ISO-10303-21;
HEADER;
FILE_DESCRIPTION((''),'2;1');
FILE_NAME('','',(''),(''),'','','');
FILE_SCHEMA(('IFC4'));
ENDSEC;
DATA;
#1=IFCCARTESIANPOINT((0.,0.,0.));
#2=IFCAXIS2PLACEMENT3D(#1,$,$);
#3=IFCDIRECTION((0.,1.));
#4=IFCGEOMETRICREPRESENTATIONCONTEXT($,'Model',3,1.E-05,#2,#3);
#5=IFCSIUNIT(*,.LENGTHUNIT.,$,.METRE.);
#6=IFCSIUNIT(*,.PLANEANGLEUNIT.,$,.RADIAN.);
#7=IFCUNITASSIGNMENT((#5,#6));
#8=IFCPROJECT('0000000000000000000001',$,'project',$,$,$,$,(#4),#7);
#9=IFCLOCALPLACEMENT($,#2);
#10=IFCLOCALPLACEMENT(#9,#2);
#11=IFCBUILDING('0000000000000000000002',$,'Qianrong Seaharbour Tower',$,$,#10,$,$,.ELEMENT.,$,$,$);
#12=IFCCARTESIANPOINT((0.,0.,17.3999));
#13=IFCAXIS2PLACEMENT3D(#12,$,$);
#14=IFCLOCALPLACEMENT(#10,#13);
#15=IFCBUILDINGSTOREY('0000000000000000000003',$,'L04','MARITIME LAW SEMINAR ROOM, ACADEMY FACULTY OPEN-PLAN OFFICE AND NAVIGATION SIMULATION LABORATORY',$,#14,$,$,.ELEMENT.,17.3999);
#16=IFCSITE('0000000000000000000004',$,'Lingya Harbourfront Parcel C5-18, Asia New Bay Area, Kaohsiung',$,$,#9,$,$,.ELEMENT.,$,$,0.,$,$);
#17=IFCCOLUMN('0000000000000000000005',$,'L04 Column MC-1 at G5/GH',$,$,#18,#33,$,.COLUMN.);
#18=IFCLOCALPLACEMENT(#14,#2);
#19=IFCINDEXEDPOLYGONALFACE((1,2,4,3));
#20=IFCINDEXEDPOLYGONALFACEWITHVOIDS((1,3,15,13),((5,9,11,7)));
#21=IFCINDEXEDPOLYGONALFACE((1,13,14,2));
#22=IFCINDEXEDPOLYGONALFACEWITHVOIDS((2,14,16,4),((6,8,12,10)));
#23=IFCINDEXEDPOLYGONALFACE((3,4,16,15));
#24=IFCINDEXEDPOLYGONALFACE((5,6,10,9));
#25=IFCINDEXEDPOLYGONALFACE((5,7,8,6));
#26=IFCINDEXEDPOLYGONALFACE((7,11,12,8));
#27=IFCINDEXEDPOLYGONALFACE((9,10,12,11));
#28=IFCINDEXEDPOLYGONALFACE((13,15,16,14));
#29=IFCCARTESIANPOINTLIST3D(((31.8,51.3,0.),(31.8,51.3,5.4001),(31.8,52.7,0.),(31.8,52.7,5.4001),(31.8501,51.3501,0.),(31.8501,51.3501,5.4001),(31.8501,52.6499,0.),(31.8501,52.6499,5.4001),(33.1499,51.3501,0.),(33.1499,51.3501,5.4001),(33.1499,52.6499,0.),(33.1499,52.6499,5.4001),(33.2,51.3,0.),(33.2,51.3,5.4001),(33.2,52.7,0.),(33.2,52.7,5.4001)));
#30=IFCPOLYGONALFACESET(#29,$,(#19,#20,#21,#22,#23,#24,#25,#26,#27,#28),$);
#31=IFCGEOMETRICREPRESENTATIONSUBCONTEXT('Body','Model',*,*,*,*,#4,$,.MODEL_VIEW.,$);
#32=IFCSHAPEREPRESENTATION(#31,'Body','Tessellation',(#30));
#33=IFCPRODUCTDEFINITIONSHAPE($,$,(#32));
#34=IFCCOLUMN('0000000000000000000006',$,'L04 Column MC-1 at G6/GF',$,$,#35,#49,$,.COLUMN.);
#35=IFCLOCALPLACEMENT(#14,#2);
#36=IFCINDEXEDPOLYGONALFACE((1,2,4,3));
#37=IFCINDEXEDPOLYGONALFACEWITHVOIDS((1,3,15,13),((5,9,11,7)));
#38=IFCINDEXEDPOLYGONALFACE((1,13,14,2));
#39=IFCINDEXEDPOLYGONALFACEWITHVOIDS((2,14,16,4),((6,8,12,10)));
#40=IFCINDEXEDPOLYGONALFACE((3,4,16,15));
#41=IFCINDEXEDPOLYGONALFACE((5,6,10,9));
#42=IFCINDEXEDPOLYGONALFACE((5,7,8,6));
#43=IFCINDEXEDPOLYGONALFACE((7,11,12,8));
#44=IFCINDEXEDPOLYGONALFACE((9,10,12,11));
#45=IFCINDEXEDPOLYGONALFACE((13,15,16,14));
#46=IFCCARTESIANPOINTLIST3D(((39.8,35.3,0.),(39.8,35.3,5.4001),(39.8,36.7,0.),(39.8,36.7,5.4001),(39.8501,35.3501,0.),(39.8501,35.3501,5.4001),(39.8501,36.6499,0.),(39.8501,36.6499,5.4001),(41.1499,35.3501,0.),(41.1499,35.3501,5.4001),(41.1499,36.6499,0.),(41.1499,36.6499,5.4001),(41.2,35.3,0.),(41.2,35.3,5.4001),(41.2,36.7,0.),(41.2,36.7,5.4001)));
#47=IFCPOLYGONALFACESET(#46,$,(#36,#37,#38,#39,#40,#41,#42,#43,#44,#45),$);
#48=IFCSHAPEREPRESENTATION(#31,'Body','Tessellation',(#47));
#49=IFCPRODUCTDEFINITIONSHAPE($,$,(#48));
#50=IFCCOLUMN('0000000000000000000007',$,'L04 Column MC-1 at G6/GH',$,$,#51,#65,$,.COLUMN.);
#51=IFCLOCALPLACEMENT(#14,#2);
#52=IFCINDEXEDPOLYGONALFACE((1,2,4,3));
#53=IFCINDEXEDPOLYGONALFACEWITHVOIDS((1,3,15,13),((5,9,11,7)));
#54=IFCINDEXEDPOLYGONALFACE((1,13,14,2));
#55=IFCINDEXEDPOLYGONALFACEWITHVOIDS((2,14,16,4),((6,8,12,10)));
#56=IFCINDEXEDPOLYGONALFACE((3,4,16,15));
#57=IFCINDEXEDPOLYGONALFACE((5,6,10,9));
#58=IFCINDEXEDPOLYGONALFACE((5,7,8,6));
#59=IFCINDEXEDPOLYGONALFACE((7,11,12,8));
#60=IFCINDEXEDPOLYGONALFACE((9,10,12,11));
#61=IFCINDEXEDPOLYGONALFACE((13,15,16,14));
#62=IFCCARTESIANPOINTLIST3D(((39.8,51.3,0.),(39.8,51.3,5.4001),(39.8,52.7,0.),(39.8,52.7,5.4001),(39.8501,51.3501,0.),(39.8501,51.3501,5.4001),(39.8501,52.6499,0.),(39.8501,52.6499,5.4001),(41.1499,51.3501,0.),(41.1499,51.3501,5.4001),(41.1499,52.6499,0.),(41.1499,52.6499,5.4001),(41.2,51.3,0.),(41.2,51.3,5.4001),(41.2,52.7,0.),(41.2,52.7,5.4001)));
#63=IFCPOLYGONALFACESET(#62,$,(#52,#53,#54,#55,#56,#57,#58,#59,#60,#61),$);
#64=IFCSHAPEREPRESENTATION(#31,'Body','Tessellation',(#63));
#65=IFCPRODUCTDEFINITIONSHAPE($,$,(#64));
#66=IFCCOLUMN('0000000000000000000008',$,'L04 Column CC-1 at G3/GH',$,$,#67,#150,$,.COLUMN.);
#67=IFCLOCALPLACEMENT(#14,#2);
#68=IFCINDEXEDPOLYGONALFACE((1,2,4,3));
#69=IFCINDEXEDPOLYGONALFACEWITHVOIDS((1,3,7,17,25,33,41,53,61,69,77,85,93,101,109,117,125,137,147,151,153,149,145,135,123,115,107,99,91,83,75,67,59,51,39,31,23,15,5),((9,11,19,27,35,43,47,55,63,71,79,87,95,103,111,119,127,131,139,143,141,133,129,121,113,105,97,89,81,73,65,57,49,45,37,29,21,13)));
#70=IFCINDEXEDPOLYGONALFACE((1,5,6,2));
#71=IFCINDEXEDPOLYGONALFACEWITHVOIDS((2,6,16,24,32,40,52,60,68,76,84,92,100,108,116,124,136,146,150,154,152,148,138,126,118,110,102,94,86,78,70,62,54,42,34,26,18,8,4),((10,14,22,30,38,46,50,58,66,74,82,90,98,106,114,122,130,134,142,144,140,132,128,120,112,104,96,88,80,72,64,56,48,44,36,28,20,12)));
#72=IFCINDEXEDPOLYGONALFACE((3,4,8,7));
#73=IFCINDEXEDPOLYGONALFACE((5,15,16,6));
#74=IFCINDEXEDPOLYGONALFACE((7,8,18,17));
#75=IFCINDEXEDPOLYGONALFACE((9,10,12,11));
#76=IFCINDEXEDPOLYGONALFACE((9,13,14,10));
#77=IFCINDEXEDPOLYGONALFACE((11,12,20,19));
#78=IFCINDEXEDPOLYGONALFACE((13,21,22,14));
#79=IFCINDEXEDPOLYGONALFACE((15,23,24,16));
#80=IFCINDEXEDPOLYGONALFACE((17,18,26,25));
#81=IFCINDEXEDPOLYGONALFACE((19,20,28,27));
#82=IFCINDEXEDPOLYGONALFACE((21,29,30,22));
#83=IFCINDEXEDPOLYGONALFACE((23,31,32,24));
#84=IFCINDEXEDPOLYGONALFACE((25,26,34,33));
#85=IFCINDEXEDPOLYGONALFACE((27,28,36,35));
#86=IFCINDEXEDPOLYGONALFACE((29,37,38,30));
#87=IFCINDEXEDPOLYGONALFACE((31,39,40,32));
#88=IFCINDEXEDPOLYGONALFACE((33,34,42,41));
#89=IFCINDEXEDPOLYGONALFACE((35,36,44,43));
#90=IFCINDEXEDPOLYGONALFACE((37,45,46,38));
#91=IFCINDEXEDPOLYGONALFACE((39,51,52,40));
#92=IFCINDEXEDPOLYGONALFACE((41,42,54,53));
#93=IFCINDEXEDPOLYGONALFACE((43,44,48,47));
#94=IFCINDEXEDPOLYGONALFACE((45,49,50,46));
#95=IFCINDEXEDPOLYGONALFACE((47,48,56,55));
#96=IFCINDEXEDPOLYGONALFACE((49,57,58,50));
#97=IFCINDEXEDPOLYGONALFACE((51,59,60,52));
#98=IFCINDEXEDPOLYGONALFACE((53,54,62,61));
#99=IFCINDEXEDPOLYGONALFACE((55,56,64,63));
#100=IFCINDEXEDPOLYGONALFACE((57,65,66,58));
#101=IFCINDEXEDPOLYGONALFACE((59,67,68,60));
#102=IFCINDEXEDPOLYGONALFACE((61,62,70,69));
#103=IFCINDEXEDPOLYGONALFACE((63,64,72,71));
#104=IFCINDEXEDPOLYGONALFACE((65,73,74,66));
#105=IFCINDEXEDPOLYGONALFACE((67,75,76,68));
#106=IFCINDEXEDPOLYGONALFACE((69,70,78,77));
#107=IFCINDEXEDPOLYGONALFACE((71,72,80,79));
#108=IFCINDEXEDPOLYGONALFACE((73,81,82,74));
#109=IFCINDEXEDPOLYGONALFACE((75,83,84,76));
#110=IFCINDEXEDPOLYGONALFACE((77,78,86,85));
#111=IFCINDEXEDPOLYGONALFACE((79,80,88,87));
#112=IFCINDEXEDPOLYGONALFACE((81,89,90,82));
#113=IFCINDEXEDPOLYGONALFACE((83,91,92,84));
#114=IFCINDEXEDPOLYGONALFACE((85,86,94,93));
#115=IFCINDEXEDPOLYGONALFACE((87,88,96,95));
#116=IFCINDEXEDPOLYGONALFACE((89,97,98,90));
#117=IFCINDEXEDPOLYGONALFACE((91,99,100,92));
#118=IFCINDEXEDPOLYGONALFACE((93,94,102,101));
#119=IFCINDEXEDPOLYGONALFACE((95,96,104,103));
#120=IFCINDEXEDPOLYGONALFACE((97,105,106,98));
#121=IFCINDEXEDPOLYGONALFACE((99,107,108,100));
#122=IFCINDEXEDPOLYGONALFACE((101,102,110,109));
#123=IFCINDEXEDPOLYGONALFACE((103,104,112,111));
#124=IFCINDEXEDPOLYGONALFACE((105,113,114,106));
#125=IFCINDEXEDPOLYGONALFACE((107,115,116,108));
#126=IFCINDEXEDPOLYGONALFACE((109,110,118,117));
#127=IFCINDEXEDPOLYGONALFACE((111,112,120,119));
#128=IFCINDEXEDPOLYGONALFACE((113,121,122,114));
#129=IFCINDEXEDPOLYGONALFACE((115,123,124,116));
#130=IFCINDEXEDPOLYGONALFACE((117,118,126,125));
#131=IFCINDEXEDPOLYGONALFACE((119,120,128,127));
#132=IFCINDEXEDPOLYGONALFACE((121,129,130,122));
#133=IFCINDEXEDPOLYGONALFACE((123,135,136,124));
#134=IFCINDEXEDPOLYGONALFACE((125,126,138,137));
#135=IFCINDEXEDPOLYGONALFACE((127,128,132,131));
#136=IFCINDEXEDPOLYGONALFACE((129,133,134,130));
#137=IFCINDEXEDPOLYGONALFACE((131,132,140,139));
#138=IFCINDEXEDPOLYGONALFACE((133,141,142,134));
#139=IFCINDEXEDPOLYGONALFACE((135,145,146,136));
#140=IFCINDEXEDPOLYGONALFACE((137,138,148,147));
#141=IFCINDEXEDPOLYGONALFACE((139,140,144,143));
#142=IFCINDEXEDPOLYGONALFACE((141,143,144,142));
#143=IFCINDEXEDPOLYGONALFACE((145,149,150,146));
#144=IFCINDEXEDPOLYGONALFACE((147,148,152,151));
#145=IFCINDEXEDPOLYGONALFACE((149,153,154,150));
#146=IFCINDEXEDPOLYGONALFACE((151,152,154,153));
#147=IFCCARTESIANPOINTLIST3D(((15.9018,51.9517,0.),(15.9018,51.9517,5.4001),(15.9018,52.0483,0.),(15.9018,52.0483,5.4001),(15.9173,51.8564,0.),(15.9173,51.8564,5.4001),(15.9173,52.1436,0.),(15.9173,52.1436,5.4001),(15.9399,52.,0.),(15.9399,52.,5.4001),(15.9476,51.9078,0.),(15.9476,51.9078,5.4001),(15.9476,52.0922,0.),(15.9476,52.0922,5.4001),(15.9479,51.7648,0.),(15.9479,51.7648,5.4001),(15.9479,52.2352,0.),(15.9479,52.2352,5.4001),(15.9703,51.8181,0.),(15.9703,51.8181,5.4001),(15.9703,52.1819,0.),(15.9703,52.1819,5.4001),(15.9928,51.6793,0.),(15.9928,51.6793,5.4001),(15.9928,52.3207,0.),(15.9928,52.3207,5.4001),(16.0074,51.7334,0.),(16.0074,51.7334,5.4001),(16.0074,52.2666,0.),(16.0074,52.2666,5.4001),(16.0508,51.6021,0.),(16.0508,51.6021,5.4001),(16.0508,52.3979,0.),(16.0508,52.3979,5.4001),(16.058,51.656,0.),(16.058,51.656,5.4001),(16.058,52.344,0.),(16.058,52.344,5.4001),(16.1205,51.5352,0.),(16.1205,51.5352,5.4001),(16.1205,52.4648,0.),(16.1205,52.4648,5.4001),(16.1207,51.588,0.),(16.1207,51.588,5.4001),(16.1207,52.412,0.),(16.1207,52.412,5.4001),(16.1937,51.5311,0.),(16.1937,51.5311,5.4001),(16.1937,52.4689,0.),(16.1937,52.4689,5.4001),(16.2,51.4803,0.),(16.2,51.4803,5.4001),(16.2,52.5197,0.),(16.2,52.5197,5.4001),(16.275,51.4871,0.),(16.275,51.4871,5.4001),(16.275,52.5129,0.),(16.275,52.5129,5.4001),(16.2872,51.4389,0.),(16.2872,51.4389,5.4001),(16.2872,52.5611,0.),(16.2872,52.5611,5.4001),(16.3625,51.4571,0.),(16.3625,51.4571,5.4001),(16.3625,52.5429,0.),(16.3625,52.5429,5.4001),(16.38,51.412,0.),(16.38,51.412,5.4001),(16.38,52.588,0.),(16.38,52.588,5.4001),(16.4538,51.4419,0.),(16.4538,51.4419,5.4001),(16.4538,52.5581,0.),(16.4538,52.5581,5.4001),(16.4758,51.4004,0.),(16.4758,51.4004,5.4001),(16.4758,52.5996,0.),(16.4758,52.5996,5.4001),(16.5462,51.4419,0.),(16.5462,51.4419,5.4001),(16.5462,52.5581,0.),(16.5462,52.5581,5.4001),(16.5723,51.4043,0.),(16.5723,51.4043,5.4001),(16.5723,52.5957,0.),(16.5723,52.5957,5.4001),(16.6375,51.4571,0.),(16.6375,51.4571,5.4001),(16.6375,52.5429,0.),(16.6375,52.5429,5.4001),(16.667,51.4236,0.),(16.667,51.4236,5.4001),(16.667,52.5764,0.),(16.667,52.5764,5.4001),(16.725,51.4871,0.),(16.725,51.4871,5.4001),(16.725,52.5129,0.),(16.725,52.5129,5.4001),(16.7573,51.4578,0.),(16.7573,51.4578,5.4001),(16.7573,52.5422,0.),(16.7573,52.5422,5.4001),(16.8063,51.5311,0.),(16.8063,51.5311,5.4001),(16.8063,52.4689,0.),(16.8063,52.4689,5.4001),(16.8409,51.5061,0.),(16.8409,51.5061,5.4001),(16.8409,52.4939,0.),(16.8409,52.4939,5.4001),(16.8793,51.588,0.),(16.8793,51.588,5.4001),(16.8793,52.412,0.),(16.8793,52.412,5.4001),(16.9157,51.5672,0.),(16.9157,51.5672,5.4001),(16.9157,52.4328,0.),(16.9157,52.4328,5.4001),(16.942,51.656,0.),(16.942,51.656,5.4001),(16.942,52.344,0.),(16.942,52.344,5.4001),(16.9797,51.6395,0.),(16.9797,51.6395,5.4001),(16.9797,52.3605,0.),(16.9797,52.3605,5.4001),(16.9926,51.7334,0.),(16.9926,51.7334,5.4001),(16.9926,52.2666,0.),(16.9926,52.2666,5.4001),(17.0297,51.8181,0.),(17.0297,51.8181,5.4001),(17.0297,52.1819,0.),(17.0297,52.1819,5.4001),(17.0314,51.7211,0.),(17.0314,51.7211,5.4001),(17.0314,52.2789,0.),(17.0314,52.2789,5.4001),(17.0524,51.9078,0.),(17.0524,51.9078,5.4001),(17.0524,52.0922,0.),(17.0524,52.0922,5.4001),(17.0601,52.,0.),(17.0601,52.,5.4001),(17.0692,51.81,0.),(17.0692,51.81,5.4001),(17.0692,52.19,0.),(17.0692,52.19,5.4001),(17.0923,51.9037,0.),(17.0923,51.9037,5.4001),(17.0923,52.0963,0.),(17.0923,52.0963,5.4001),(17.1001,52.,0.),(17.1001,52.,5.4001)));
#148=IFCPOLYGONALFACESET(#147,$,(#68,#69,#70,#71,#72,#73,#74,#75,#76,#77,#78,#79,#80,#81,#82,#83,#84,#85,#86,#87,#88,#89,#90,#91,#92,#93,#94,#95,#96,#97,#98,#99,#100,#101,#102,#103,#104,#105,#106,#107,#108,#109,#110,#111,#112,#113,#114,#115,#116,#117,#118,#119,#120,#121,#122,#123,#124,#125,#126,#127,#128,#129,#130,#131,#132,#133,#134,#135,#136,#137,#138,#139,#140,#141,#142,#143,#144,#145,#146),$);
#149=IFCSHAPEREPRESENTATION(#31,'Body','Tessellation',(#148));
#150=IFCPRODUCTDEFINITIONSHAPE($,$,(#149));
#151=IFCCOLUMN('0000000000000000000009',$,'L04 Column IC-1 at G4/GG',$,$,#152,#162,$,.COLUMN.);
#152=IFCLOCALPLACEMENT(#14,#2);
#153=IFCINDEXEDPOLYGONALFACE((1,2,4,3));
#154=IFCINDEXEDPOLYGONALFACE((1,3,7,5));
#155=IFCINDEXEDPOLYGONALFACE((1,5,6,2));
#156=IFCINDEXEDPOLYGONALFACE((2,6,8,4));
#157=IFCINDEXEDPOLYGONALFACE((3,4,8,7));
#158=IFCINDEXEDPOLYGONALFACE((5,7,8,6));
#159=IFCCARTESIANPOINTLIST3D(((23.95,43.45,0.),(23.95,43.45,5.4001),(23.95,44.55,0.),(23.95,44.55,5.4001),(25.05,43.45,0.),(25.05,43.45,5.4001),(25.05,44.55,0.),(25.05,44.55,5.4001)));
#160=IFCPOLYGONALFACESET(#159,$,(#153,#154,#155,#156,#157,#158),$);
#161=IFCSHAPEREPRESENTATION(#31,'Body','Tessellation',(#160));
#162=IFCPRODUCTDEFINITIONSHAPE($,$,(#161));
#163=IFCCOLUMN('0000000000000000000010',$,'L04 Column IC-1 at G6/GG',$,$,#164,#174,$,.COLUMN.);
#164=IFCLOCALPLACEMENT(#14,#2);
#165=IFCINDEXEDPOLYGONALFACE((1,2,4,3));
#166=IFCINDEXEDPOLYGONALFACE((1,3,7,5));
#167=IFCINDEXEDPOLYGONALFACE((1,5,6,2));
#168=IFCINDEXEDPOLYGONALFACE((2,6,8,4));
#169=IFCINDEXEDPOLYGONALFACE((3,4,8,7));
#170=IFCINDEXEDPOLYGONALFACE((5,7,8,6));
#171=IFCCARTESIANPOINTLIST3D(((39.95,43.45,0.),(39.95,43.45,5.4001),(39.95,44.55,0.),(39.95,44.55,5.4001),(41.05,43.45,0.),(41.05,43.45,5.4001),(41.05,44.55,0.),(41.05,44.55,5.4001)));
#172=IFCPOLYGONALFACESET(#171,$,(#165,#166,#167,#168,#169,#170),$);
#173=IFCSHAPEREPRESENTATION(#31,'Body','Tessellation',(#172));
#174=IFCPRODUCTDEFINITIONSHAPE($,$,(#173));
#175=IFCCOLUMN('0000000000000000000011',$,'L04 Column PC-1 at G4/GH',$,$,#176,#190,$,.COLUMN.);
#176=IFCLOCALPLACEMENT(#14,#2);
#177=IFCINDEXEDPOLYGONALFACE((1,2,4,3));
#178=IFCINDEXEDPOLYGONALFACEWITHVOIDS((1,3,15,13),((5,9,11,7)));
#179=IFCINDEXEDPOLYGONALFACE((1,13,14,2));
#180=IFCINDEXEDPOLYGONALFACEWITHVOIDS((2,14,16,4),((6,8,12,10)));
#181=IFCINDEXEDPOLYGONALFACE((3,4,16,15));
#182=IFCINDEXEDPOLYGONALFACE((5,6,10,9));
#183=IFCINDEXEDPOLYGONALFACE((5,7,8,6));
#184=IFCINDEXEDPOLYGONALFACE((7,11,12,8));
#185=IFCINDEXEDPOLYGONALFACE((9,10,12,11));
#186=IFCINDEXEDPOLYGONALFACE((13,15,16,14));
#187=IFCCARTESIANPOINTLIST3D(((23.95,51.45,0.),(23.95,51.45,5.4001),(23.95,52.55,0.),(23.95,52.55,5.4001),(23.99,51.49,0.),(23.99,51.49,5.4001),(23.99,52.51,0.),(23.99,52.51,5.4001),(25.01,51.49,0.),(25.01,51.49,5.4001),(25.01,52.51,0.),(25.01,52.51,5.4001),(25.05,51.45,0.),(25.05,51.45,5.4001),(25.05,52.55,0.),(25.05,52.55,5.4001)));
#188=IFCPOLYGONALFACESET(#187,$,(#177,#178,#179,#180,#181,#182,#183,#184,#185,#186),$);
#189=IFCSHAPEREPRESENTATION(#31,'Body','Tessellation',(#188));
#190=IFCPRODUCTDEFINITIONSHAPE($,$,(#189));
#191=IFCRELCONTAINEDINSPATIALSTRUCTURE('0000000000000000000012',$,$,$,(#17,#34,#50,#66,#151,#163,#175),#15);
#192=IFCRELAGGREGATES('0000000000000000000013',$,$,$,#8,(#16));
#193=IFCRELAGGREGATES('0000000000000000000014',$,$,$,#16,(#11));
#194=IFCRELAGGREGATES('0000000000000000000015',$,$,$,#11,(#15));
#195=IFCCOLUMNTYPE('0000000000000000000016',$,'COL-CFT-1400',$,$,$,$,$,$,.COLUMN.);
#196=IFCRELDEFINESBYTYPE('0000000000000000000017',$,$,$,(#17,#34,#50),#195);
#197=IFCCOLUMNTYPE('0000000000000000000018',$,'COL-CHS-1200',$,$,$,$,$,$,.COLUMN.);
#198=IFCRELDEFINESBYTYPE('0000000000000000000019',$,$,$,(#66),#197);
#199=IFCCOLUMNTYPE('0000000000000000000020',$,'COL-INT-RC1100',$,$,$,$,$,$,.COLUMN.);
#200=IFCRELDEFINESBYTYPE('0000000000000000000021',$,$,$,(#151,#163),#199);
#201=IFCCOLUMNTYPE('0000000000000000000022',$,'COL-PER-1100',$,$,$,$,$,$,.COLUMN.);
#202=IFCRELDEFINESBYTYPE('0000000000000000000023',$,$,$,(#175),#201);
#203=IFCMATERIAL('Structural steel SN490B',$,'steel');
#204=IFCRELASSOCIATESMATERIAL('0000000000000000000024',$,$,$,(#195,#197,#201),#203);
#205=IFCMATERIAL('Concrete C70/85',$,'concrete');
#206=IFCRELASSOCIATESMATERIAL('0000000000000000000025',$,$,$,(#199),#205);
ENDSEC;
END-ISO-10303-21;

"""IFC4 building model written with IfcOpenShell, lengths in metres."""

from ifc_helpers import new_model, si_unit, direction, frame, origin, origin_2d, place, context, subcontext, project, spatial, rectangle, hollow_rectangle, hollow_circle, extrude, material, material_profile, profile_set, type_object, element, save


model = new_model("IFC4")

# Units and contexts
model_context = context("Model", 3, precision=1e-05, world=origin(), true_north=direction((0.0, 1.0)))
body_context = subcontext(model_context, "Body", "Model", "MODEL_VIEW")
ifc_project = project(units=[si_unit("LENGTHUNIT", "METRE"), si_unit("PLANEANGLEUNIT", "RADIAN")], contexts=[model_context])

# Site, building, storey
site_placement = place(None, origin())
site = spatial("IfcSite", under=ifc_project, at=site_placement, Name="Lingya Harbourfront Parcel C5-18, Asia New Bay Area, Kaohsiung", CompositionType="ELEMENT", RefElevation=0.0)
building_placement = place(site_placement, origin())
building = spatial("IfcBuilding", under=site, at=building_placement, Name="Qianrong Seaharbour Tower", CompositionType="ELEMENT")
storey_placement = place(building_placement, frame((0.0, 0.0, 17.3999)))
storey = spatial("IfcBuildingStorey", under=building, at=storey_placement, Name="L04", Description="MARITIME LAW SEMINAR ROOM, ACADEMY FACULTY OPEN-PLAN OFFICE AND NAVIGATION SIMULATION LABORATORY", CompositionType="ELEMENT", Elevation=17.3999)

# Columns
ifc_material_1 = material(Name="Structural steel SN490B", Category="steel")
ifc_material_profile_1 = material_profile(ifc_material_1, hollow_rectangle(XDim=1.3999, YDim=1.3999, WallThickness=0.05, at=origin_2d()), Name="BOX1400x1400x50")
ifc_profile_set_1 = profile_set([ifc_material_profile_1], Name="Structural steel SN490B")
column_type_1 = type_object("IfcColumnType", Name="COL-CFT-1400", PredefinedType="COLUMN", material=ifc_profile_set_1)
for number, where, z_axis, x_axis, name in (
    (1, (32.5, 52.0, 0.0), (0.0, 0.0, 1.0), (1.0, 0.0, 0.0), "L04 Column MC-1 at G5/GH"),
    (2, (40.5, 36.0, 0.0), (0.0, 0.0, 1.0), (1.0, 0.0, 0.0), "L04 Column MC-1 at G6/GF"),
    (3, (40.5, 52.0, 0.0), (0.0, 0.0, 1.0), (1.0, 0.0, 0.0), "L04 Column MC-1 at G6/GH"),
):
    element("IfcColumn", number, at=place(storey_placement, frame(where, z_axis=z_axis, x_axis=x_axis)), inside=storey, type_object=column_type_1, Name=name, PredefinedType="COLUMN", context=body_context, shape_type="SweptSolid", body=[
        extrude(hollow_rectangle(XDim=1.3999, YDim=1.3999, WallThickness=0.05, at=origin_2d()), origin(), (0.0, 0.0, 1.0), 5.4001),
    ])
ifc_material_profile_2 = material_profile(ifc_material_1, hollow_circle(Radius=0.6001, WallThickness=0.04, at=origin_2d()), Name="CHS1200x40")
ifc_profile_set_2 = profile_set([ifc_material_profile_2], Name="Structural steel SN490B")
column_type_2 = type_object("IfcColumnType", Name="COL-CHS-1200", PredefinedType="COLUMN", material=ifc_profile_set_2)
column_1_placement = place(storey_placement, frame((16.5, 52.0, 0.0), z_axis=(0.0, 0.0, 1.0), x_axis=(1.0, 0.0, 0.0)))
element("IfcColumn", 4, at=column_1_placement, inside=storey, type_object=column_type_2, Name="L04 Column CC-1 at G3/GH", PredefinedType="COLUMN", context=body_context, shape_type="SweptSolid", body=[
    extrude(hollow_circle(Radius=0.6001, WallThickness=0.04, at=origin_2d()), origin(), (0.0, 0.0, 1.0), 5.4001),
])
ifc_material_2 = material(Name="Concrete C70/85", Category="concrete")
ifc_material_profile_3 = material_profile(ifc_material_2, rectangle(XDim=1.1001, YDim=1.1001, at=origin_2d()), Name="RC1100x1100")
ifc_profile_set_3 = profile_set([ifc_material_profile_3], Name="Concrete C70/85")
column_type_3 = type_object("IfcColumnType", Name="COL-INT-RC1100", PredefinedType="COLUMN", material=ifc_profile_set_3)
for number, where, z_axis, x_axis, name in (
    (5, (24.5, 44.0, 0.0), (0.0, 0.0, 1.0), (1.0, 0.0, 0.0), "L04 Column IC-1 at G4/GG"),
    (6, (40.5, 44.0, 0.0), (0.0, 0.0, 1.0), (1.0, 0.0, 0.0), "L04 Column IC-1 at G6/GG"),
):
    element("IfcColumn", number, at=place(storey_placement, frame(where, z_axis=z_axis, x_axis=x_axis)), inside=storey, type_object=column_type_3, Name=name, PredefinedType="COLUMN", context=body_context, shape_type="SweptSolid", body=[
        extrude(rectangle(XDim=1.1001, YDim=1.1001, at=origin_2d()), origin(), (0.0, 0.0, 1.0), 5.4001),
    ])
ifc_material_profile_4 = material_profile(ifc_material_1, hollow_rectangle(XDim=1.1001, YDim=1.1001, WallThickness=0.04, at=origin_2d()), Name="BOX1100x1100x40")
ifc_profile_set_4 = profile_set([ifc_material_profile_4], Name="Structural steel SN490B")
column_type_4 = type_object("IfcColumnType", Name="COL-PER-1100", PredefinedType="COLUMN", material=ifc_profile_set_4)
column_2_placement = place(storey_placement, frame((24.5, 52.0, 0.0), z_axis=(0.0, 0.0, 1.0), x_axis=(1.0, 0.0, 0.0)))
element("IfcColumn", 7, at=column_2_placement, inside=storey, type_object=column_type_4, Name="L04 Column PC-1 at G4/GH", PredefinedType="COLUMN", context=body_context, shape_type="SweptSolid", body=[
    extrude(hollow_rectangle(XDim=1.1001, YDim=1.1001, WallThickness=0.04, at=origin_2d()), origin(), (0.0, 0.0, 1.0), 5.4001),
])

save(model, "model.ifc")
